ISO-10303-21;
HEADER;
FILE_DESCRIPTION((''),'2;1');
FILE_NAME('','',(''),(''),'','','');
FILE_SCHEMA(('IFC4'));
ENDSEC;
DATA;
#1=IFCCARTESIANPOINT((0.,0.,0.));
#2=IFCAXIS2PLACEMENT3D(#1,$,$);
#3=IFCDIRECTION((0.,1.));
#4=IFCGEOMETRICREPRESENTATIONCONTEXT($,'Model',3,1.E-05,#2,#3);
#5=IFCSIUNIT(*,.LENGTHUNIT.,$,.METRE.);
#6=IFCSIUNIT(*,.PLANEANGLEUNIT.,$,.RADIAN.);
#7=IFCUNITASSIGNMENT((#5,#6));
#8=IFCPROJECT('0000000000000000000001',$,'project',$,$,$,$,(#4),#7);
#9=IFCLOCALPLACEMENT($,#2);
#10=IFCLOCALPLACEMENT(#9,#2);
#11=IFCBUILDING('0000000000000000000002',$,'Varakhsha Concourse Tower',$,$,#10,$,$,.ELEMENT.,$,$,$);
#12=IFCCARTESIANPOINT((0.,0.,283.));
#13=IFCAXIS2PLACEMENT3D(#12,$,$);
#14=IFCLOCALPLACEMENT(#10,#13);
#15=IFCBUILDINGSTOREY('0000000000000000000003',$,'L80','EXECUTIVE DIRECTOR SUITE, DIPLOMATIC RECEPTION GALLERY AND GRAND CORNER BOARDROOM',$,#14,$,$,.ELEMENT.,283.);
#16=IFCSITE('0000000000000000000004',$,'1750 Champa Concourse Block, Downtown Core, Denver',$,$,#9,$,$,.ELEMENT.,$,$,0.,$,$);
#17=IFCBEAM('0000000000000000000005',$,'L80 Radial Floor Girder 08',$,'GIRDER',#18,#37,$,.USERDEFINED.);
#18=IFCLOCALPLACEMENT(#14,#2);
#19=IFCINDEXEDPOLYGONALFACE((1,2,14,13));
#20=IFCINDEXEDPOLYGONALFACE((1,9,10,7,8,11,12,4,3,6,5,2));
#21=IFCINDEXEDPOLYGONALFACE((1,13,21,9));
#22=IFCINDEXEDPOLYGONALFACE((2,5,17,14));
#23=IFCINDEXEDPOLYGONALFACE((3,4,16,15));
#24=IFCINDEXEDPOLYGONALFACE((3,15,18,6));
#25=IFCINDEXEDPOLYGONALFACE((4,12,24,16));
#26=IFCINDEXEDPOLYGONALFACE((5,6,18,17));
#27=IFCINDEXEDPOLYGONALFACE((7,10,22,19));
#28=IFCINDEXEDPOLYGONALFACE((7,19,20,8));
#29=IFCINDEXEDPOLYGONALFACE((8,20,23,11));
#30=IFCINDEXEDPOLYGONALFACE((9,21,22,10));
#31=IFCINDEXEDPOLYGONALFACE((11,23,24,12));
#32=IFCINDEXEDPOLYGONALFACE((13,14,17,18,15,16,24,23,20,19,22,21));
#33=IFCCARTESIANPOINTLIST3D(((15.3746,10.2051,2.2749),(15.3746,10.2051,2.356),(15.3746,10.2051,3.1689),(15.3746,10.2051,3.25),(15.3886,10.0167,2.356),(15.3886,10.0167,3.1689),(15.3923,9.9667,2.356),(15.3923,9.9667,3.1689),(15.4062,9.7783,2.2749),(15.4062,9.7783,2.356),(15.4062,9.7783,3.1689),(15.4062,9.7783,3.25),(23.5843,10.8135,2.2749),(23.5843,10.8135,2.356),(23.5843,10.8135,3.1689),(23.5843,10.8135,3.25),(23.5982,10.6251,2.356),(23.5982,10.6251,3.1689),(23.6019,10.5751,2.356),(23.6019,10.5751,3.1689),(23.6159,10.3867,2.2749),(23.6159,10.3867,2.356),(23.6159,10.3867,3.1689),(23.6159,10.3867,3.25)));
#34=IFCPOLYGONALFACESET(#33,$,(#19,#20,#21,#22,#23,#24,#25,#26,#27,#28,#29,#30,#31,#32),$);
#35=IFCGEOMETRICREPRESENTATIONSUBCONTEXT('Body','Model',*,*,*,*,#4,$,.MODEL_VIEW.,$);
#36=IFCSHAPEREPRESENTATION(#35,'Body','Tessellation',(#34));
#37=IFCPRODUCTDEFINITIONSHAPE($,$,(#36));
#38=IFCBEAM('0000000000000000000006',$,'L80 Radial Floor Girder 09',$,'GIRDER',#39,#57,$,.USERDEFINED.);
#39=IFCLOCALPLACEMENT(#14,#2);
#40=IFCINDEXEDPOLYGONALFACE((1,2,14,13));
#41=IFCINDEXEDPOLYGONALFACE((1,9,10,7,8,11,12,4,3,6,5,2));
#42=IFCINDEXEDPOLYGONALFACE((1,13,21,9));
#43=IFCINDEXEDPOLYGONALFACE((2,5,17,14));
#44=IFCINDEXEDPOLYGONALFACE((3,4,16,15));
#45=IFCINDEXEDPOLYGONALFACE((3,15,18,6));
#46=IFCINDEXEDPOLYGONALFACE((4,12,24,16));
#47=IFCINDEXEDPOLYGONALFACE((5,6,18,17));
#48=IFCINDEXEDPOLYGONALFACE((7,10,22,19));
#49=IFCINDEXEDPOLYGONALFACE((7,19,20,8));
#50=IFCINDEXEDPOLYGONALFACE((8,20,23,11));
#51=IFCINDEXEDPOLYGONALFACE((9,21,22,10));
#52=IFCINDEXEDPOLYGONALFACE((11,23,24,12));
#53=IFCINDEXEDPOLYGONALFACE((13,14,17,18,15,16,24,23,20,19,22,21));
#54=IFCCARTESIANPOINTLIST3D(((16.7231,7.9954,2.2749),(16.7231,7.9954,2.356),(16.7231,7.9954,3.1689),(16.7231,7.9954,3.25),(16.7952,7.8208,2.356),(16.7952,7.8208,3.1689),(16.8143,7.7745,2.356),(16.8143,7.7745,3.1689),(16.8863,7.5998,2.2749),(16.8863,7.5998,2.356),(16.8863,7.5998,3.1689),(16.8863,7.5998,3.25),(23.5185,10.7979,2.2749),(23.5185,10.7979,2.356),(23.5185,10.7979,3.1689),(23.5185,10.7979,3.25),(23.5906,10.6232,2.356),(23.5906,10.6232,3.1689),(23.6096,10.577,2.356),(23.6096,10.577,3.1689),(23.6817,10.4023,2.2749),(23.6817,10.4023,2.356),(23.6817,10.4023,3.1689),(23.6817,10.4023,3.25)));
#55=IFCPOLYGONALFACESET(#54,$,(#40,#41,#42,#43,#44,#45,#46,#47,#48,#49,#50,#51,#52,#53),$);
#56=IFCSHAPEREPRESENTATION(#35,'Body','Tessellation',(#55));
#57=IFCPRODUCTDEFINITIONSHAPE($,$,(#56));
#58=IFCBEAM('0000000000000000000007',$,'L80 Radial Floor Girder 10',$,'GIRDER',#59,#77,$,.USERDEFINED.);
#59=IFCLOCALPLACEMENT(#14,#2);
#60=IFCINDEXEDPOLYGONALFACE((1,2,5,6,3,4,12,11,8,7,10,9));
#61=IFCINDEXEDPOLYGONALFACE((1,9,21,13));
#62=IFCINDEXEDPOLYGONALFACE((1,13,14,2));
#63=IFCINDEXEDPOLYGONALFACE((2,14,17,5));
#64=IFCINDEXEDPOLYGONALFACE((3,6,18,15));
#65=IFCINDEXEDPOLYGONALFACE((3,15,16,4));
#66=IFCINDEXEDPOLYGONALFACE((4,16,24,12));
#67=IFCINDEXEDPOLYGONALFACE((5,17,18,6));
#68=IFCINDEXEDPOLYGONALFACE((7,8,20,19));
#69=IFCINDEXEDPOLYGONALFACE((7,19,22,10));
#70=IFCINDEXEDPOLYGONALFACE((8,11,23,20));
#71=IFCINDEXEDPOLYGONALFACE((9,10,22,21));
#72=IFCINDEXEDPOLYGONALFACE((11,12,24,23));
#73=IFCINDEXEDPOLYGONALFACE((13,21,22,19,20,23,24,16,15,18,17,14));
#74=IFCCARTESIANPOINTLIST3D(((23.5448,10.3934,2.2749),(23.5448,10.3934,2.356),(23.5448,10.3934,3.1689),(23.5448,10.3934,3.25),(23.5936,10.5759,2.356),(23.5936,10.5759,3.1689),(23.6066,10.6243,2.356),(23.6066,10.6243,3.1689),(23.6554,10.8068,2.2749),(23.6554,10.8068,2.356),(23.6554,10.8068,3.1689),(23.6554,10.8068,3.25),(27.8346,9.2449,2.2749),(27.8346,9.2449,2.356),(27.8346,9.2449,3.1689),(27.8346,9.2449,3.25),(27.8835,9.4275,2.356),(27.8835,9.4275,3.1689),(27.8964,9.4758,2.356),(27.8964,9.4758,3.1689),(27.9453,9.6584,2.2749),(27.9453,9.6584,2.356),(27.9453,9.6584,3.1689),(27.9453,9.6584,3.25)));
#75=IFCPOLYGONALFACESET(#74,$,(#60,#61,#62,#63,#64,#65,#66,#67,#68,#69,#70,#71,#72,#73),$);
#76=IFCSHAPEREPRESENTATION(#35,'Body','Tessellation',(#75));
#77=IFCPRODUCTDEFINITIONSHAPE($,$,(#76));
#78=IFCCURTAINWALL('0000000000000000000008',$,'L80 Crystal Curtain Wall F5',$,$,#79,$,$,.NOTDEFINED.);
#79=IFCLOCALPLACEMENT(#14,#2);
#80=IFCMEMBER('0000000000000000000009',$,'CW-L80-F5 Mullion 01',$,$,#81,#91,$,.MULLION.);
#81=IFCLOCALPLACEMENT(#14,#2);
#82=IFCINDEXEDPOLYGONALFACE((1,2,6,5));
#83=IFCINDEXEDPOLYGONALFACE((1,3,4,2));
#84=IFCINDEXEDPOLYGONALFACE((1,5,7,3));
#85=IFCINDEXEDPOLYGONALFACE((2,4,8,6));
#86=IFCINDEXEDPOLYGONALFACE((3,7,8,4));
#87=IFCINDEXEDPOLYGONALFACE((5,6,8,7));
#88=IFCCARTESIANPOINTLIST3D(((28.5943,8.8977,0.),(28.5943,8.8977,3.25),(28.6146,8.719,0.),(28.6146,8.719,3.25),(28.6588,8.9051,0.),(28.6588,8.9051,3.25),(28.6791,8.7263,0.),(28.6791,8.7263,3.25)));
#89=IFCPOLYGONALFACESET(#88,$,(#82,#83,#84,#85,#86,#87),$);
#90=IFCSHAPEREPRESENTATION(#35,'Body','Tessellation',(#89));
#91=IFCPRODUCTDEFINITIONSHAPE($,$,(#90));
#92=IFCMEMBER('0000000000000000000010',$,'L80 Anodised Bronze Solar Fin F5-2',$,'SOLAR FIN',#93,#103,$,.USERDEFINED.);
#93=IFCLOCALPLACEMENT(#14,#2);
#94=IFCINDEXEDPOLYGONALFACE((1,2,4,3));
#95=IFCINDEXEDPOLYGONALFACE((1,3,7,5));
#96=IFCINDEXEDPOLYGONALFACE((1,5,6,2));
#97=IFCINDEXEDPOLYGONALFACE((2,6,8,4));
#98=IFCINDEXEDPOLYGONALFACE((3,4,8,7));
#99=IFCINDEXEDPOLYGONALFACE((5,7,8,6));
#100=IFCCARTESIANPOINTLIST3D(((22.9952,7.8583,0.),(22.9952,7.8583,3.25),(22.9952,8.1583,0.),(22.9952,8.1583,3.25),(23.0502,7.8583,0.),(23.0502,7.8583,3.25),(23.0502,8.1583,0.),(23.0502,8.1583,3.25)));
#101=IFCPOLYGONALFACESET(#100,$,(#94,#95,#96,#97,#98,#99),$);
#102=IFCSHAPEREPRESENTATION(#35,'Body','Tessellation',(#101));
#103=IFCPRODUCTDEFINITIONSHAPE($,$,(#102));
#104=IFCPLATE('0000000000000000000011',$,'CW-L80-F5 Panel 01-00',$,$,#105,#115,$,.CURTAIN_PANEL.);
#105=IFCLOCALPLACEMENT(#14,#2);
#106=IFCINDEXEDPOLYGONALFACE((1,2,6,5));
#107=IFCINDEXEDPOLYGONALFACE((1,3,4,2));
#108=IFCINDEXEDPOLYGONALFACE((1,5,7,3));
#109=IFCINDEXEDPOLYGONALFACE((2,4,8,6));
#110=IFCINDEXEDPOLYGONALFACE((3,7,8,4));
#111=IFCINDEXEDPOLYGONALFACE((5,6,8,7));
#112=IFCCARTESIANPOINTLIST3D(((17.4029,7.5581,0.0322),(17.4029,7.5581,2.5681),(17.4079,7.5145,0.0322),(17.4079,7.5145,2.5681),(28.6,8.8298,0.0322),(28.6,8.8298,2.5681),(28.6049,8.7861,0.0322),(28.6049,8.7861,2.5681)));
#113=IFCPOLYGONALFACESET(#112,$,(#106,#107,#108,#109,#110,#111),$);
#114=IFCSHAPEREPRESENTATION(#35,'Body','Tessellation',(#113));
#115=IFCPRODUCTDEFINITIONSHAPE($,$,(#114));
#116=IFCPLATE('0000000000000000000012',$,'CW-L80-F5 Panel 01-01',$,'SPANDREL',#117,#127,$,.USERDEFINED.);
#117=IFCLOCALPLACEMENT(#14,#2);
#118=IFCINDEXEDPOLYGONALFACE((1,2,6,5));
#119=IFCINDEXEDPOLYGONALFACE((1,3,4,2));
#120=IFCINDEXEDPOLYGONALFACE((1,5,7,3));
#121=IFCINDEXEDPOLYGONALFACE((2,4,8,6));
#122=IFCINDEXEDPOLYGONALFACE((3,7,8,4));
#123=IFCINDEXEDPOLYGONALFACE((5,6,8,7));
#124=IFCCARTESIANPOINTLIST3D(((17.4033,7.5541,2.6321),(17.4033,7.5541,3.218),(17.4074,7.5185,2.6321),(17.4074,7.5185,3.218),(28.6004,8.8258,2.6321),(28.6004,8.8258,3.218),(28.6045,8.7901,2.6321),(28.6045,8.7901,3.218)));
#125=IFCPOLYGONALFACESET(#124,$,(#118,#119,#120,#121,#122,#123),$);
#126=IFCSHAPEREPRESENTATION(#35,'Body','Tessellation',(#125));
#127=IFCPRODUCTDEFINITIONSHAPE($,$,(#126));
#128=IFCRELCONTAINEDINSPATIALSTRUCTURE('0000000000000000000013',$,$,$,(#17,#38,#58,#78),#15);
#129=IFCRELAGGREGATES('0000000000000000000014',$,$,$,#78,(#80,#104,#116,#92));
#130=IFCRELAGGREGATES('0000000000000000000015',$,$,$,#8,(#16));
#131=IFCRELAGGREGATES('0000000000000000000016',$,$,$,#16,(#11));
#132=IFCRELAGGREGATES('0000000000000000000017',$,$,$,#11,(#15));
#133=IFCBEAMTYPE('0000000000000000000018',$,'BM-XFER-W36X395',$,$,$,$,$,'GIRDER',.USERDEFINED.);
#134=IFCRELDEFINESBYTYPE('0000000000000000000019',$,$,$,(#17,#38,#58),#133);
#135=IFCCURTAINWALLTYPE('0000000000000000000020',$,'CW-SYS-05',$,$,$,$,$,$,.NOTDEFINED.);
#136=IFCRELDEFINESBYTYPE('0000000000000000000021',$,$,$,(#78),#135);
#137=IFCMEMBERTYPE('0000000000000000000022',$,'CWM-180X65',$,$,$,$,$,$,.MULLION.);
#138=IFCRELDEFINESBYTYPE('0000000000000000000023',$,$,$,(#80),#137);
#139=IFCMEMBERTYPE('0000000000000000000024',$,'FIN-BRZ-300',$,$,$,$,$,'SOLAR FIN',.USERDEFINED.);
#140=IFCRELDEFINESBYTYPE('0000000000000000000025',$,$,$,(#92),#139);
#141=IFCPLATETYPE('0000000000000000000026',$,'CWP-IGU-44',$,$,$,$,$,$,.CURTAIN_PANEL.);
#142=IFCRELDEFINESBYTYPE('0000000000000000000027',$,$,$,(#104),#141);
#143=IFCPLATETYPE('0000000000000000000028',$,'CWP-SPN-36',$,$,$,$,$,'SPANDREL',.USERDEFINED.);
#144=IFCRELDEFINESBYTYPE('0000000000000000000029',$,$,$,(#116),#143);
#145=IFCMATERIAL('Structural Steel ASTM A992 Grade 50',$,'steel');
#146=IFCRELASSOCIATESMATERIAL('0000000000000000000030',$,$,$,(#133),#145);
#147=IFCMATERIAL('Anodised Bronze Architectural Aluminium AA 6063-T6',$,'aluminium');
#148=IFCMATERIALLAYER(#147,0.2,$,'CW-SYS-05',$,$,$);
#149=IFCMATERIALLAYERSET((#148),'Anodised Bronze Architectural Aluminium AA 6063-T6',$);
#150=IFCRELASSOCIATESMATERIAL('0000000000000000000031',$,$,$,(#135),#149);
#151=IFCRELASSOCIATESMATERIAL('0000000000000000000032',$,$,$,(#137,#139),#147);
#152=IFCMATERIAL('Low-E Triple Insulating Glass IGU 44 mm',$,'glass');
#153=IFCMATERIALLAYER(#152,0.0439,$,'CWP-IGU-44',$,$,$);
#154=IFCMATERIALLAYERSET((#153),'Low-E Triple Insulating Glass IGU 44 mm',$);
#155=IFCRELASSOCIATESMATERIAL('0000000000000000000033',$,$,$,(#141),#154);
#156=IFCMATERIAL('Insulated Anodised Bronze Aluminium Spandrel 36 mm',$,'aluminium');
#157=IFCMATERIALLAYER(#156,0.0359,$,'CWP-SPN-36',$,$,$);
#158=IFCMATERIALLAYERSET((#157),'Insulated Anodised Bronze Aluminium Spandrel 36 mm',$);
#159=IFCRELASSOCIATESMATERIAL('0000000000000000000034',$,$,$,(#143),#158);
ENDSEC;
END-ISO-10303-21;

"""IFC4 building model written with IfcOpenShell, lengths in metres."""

from ifc_helpers import new_model, si_unit, direction, frame, origin, origin_2d, place, context, subcontext, project, spatial, rectangle, i_section, extrude, source, transform, mapped, material, layer, layer_set, material_profile, profile_set, type_object, type_shapes, element, aggregate, save


model = new_model("IFC4")

# Units and contexts
model_context = context("Model", 3, precision=1e-05, world=origin(), true_north=direction((0.0, 1.0)))
body_context = subcontext(model_context, "Body", "Model", "MODEL_VIEW")
ifc_project = project(units=[si_unit("LENGTHUNIT", "METRE"), si_unit("PLANEANGLEUNIT", "RADIAN")], contexts=[model_context])

# Site, building, storey
site_placement = place(None, origin())
site = spatial("IfcSite", under=ifc_project, at=site_placement, Name="1750 Champa Concourse Block, Downtown Core, Denver", CompositionType="ELEMENT", RefElevation=0.0)
building_placement = place(site_placement, origin())
building = spatial("IfcBuilding", under=site, at=building_placement, Name="Varakhsha Concourse Tower", CompositionType="ELEMENT")
storey_placement = place(building_placement, frame((0.0, 0.0, 283.0)))
storey = spatial("IfcBuildingStorey", under=building, at=storey_placement, Name="L80", Description="EXECUTIVE DIRECTOR SUITE, DIPLOMATIC RECEPTION GALLERY AND GRAND CORNER BOARDROOM", CompositionType="ELEMENT", Elevation=283.0)

# Shared definitions
ifc_material_1 = material(Name="Structural Steel ASTM A992 Grade 50", Category="steel")

# Beams
ifc_material_profile_1 = material_profile(ifc_material_1, i_section(OverallWidth=0.428, OverallDepth=0.9751, WebThickness=0.05, FlangeThickness=0.0811, at=origin_2d()), Name="W36X395")
ifc_profile_set_1 = profile_set([ifc_material_profile_1], Name="Structural Steel ASTM A992 Grade 50")
beam_type_1 = type_object("IfcBeamType", Name="BM-XFER-W36X395", ElementType="GIRDER", PredefinedType="USERDEFINED", material=ifc_profile_set_1)
beam_1_placement = place(storey_placement, frame((23.6001, 10.6001, 2.7625), z_axis=(-0.997265, -0.073904, 0.0), x_axis=(0.073904, -0.997265, 0.0)))
element("IfcBeam", 1, at=beam_1_placement, inside=storey, type_object=beam_type_1, Name="L80 Radial Floor Girder 08", ObjectType="GIRDER", PredefinedType="USERDEFINED", context=body_context, shape_type="SweptSolid", body=[
    extrude(i_section(OverallWidth=0.428, OverallDepth=0.9751, WebThickness=0.05, FlangeThickness=0.0811, at=origin_2d()), origin(), (0.0, 0.0, 1.0), 8.2322),
])
beam_2_placement = place(storey_placement, frame((23.6001, 10.6001, 2.7625), z_axis=(-0.924468, -0.381259, 0.0), x_axis=(0.381259, -0.924468, 0.0)))
element("IfcBeam", 2, at=beam_2_placement, inside=storey, type_object=beam_type_1, Name="L80 Radial Floor Girder 09", ObjectType="GIRDER", PredefinedType="USERDEFINED", context=body_context, shape_type="SweptSolid", body=[
    extrude(i_section(OverallWidth=0.428, OverallDepth=0.9751, WebThickness=0.05, FlangeThickness=0.0811, at=origin_2d()), origin(), (0.0, 0.0, 1.0), 7.3506),
])
beam_3_placement = place(storey_placement, frame((23.6001, 10.6001, 2.7625), z_axis=(0.965983, -0.258607, 0.0), x_axis=(0.258607, 0.965983, 0.0)))
element("IfcBeam", 3, at=beam_3_placement, inside=storey, type_object=beam_type_1, Name="L80 Radial Floor Girder 10", ObjectType="GIRDER", PredefinedType="USERDEFINED", context=body_context, shape_type="SweptSolid", body=[
    extrude(i_section(OverallWidth=0.428, OverallDepth=0.9751, WebThickness=0.05, FlangeThickness=0.0811, at=origin_2d()), origin(), (0.0, 0.0, 1.0), 4.4409),
])

# Curtain wall, members, plates
ifc_material_2 = material(Name="Anodised Bronze Architectural Aluminium AA 6063-T6", Category="aluminium")
ifc_layer_1 = layer(ifc_material_2, 0.2, Name="CW-SYS-05")
ifc_layer_set_1 = layer_set([ifc_layer_1], Name="Anodised Bronze Architectural Aluminium AA 6063-T6")
curtain_wall_type = type_object("IfcCurtainWallType", Name="CW-SYS-05", PredefinedType="NOTDEFINED", material=ifc_layer_set_1)
curtain_wall_placement = place(storey_placement, origin())
curtain_wall = element("IfcCurtainWall", 4, at=curtain_wall_placement, inside=storey, type_object=curtain_wall_type, Name="L80 Crystal Curtain Wall F5", PredefinedType="NOTDEFINED")
ifc_material_profile_2 = material_profile(ifc_material_2, rectangle(XDim=0.0649, YDim=0.1799, at=origin_2d()), Name="CWM-180X65")
ifc_profile_set_2 = profile_set([ifc_material_profile_2], Name="Anodised Bronze Architectural Aluminium AA 6063-T6")
member_type_1 = type_object("IfcMemberType", Name="CWM-180X65", PredefinedType="MULLION", material=ifc_profile_set_2)
shared_shape_1 = source(origin(), body_context, "Body", "SweptSolid", [
    extrude(rectangle(XDim=0.0649, YDim=0.1799, at=origin_2d()), origin(), (0.0, 0.0, 1.0), 3.25),
])
type_shapes(member_type_1, [shared_shape_1])
member_1_placement = place(storey_placement, frame((28.6367, 8.812, 0.0), z_axis=(0.0, 0.0, 1.0), x_axis=(-0.993613, -0.112844, 0.0)))
member_1 = element("IfcMember", 5, at=member_1_placement, type_object=member_type_1, Name="CW-L80-F5 Mullion 01", PredefinedType="MULLION", context=body_context, shape_type="MappedRepresentation", body=[
    mapped(shared_shape_1, transform((0.0, 0.0, 0.0), scale=1.0)),
])
ifc_material_profile_3 = material_profile(ifc_material_2, rectangle(XDim=0.0549, YDim=0.3, at=origin_2d()), Name="FIN-BRZ-300")
ifc_profile_set_3 = profile_set([ifc_material_profile_3], Name="Anodised Bronze Architectural Aluminium AA 6063-T6")
member_type_2 = type_object("IfcMemberType", Name="FIN-BRZ-300", ElementType="SOLAR FIN", PredefinedType="USERDEFINED", material=ifc_profile_set_3)
shared_shape_2 = source(origin(), body_context, "Body", "SweptSolid", [
    extrude(rectangle(XDim=0.0549, YDim=0.3, at=origin_2d()), origin(), (0.0, 0.0, 1.0), 3.25),
])
type_shapes(member_type_2, [shared_shape_2])
member_2_placement = place(storey_placement, frame((23.0227, 8.0083, 0.0), z_axis=(0.0, 0.0, 1.0), x_axis=(1.0, 0.0, 0.0)))
member_2 = element("IfcMember", 6, at=member_2_placement, type_object=member_type_2, Name="L80 Anodised Bronze Solar Fin F5-2", ObjectType="SOLAR FIN", PredefinedType="USERDEFINED", context=body_context, shape_type="MappedRepresentation", body=[
    mapped(shared_shape_2, transform((0.0, 0.0, 0.0), scale=1.0)),
])
ifc_material_3 = material(Name="Low-E Triple Insulating Glass IGU 44 mm", Category="glass")
ifc_layer_2 = layer(ifc_material_3, 0.0439, Name="CWP-IGU-44")
ifc_layer_set_2 = layer_set([ifc_layer_2], Name="Low-E Triple Insulating Glass IGU 44 mm")
plate_type_1 = type_object("IfcPlateType", Name="CWP-IGU-44", PredefinedType="CURTAIN_PANEL", material=ifc_layer_set_2)
shared_shape_3 = source(origin(), body_context, "Body", "SweptSolid", [
    extrude(rectangle(XDim=11.269, YDim=0.0439, at=origin_2d()), origin(), (0.0, 0.0, 1.0), 2.5359),
])
type_shapes(plate_type_1, [shared_shape_3])
plate_1_placement = place(storey_placement, frame((23.0039, 8.1721, 0.0322), z_axis=(0.0, 0.0, 1.0), x_axis=(-0.993613, -0.112844, 0.0)))
plate_1 = element("IfcPlate", 7, at=plate_1_placement, type_object=plate_type_1, Name="CW-L80-F5 Panel 01-00", PredefinedType="CURTAIN_PANEL", context=body_context, shape_type="MappedRepresentation", body=[
    mapped(shared_shape_3, transform((0.0, 0.0, 0.0), scale=1.0)),
])
ifc_material_4 = material(Name="Insulated Anodised Bronze Aluminium Spandrel 36 mm", Category="aluminium")
ifc_layer_3 = layer(ifc_material_4, 0.0359, Name="CWP-SPN-36")
ifc_layer_set_3 = layer_set([ifc_layer_3], Name="Insulated Anodised Bronze Aluminium Spandrel 36 mm")
plate_type_2 = type_object("IfcPlateType", Name="CWP-SPN-36", ElementType="SPANDREL", PredefinedType="USERDEFINED", material=ifc_layer_set_3)
shared_shape_4 = source(origin(), body_context, "Body", "SweptSolid", [
    extrude(rectangle(XDim=11.269, YDim=0.0359, at=origin_2d()), origin(), (0.0, 0.0, 1.0), 0.5859),
])
type_shapes(plate_type_2, [shared_shape_4])
plate_2_placement = place(storey_placement, frame((23.0039, 8.1721, 2.6321), z_axis=(0.0, 0.0, 1.0), x_axis=(-0.993613, -0.112844, 0.0)))
plate_2 = element("IfcPlate", 8, at=plate_2_placement, type_object=plate_type_2, Name="CW-L80-F5 Panel 01-01", ObjectType="SPANDREL", PredefinedType="USERDEFINED", context=body_context, shape_type="MappedRepresentation", body=[
    mapped(shared_shape_4, transform((0.0, 0.0, 0.0), scale=1.0)),
])
aggregate(curtain_wall, [member_1, plate_1, plate_2, member_2])

save(model, "model.ifc")
